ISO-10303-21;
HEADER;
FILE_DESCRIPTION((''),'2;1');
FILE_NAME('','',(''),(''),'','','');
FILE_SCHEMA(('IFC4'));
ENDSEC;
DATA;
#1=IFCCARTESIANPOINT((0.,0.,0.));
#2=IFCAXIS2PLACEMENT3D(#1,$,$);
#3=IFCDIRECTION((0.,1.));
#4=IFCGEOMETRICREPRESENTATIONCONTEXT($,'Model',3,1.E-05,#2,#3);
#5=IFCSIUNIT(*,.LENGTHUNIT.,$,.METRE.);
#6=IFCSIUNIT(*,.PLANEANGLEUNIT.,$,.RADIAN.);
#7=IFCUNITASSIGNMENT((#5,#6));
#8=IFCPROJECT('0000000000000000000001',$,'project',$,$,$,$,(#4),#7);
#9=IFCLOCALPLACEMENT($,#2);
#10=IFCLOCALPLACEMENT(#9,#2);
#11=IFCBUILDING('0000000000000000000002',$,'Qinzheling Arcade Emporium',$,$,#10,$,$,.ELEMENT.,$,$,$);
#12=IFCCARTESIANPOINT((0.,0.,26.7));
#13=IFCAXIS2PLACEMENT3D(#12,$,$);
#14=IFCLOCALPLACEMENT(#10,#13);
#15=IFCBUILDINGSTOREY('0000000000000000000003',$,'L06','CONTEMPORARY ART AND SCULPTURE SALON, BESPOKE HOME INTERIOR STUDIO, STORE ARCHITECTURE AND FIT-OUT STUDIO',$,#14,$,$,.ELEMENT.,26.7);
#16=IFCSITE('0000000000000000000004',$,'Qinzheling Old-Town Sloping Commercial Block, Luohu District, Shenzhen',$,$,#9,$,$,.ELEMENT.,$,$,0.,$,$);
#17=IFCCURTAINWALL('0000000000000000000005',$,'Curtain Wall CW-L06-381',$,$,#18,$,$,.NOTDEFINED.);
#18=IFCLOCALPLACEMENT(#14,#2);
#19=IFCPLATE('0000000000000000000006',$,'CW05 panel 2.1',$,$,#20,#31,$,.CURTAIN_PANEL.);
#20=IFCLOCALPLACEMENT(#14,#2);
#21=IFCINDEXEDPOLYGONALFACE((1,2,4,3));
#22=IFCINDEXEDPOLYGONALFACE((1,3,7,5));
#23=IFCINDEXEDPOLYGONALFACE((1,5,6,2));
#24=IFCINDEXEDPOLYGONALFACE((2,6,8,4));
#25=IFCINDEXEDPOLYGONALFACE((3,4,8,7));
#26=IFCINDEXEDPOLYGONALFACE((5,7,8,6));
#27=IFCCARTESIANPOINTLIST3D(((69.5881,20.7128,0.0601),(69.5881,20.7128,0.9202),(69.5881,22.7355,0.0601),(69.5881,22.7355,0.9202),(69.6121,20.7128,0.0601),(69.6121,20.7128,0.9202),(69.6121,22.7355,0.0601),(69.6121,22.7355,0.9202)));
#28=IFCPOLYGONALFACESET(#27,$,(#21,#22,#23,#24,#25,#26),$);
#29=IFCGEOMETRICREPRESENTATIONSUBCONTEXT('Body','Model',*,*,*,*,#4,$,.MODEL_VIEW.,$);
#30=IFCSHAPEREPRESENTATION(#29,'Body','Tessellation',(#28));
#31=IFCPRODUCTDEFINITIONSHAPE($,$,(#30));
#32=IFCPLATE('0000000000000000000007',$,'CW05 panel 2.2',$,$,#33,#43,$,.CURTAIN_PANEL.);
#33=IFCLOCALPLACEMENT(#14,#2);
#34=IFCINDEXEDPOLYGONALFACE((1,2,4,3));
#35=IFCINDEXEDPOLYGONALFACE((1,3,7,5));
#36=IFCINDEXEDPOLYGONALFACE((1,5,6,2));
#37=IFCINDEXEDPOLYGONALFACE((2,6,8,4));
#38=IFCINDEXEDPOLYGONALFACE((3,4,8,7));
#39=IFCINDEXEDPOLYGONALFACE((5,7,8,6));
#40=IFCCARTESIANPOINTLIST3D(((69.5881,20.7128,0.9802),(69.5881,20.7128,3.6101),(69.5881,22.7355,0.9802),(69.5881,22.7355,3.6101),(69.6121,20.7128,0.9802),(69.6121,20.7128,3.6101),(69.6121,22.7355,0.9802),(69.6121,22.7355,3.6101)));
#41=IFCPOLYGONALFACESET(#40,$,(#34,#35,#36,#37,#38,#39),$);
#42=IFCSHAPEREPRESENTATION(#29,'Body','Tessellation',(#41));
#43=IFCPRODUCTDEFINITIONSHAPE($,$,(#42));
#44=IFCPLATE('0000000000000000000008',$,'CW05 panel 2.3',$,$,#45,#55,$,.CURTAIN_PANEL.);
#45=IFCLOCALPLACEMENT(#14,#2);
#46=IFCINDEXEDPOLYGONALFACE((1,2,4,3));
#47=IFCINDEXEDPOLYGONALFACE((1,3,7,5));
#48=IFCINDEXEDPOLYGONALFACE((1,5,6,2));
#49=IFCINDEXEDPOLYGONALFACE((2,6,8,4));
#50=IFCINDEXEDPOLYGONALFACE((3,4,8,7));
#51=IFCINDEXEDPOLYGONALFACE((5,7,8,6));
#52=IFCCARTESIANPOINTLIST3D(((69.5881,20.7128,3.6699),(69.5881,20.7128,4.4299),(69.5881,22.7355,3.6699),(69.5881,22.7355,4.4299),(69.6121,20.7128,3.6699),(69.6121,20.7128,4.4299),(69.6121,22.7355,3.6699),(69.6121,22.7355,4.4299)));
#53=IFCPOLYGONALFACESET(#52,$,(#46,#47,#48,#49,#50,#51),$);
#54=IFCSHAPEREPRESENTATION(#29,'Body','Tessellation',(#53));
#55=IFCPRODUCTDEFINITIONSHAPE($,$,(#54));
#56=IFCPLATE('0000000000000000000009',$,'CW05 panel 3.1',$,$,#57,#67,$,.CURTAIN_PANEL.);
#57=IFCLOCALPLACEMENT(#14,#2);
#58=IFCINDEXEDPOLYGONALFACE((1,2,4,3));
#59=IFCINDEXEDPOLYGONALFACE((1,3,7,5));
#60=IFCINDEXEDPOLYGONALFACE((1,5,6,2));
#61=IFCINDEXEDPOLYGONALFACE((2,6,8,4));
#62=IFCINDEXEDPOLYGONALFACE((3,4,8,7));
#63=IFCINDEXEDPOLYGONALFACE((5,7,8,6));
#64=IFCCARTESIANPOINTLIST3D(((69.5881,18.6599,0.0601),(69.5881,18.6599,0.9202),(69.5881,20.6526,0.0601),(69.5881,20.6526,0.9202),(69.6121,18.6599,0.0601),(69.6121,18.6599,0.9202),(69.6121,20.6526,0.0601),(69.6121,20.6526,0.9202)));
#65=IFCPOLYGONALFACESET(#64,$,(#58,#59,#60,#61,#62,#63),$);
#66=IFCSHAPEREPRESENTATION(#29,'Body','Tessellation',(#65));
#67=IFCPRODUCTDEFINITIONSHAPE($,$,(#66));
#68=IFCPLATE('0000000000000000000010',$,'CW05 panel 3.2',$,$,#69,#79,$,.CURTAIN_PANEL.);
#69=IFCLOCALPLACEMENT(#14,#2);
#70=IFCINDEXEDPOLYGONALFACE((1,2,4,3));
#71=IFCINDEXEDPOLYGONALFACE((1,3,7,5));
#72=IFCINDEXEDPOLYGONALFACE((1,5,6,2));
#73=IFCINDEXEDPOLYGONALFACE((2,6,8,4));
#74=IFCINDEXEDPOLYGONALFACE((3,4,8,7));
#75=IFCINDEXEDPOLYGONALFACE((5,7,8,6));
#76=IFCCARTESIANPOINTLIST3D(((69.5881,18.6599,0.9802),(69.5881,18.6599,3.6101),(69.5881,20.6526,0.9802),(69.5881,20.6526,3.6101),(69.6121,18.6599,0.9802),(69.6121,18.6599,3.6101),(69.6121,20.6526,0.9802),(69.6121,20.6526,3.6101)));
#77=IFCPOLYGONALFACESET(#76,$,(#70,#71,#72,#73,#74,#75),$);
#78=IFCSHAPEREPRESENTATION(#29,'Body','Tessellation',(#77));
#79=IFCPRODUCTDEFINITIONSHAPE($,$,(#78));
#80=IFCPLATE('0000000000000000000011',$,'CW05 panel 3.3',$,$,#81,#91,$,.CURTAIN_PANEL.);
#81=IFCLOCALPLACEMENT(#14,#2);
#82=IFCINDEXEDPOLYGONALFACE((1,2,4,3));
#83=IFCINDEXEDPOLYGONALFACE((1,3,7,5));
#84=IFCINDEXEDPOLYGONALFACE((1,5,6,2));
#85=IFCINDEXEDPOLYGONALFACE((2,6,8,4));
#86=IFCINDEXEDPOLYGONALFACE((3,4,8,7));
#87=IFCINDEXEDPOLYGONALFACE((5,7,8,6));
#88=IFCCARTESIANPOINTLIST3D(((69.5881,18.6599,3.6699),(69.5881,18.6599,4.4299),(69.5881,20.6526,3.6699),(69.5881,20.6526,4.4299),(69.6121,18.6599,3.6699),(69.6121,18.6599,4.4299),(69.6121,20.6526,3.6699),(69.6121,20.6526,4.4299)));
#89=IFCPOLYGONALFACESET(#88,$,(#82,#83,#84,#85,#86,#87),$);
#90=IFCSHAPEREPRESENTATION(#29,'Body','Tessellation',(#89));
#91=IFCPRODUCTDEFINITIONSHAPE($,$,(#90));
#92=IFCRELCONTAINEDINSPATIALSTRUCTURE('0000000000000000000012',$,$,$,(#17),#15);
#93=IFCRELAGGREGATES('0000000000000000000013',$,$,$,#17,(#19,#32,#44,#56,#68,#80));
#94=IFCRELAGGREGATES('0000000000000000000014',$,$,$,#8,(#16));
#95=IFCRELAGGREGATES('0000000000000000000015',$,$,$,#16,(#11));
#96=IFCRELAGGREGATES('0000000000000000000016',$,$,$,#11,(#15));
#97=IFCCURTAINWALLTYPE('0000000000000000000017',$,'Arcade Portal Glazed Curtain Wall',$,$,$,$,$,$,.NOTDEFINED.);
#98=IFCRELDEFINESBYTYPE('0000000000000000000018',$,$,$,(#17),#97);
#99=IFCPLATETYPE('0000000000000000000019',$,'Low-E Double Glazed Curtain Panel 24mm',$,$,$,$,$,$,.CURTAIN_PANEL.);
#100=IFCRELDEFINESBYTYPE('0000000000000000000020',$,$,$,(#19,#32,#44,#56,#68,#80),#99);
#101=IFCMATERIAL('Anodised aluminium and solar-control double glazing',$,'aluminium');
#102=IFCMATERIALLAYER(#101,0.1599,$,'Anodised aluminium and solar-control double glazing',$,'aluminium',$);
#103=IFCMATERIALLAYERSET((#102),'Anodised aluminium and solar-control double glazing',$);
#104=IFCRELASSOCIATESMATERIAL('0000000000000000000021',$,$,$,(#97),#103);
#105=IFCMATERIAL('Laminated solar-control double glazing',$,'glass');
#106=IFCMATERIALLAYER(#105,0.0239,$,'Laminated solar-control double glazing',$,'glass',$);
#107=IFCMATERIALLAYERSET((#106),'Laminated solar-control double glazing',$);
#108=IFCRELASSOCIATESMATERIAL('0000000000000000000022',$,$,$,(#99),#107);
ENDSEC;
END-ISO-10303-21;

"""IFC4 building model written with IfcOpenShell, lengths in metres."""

from ifc_helpers import new_model, si_unit, direction, frame, origin, origin_2d, place, context, subcontext, project, spatial, rectangle, extrude, material, layer, layer_set, type_object, element, aggregate, save


model = new_model("IFC4")

# Units and contexts
model_context = context("Model", 3, precision=1e-05, world=origin(), true_north=direction((0.0, 1.0)))
body_context = subcontext(model_context, "Body", "Model", "MODEL_VIEW")
ifc_project = project(units=[si_unit("LENGTHUNIT", "METRE"), si_unit("PLANEANGLEUNIT", "RADIAN")], contexts=[model_context])

# Site, building, storey
site_placement = place(None, origin())
site = spatial("IfcSite", under=ifc_project, at=site_placement, Name="Qinzheling Old-Town Sloping Commercial Block, Luohu District, Shenzhen", CompositionType="ELEMENT", RefElevation=0.0)
building_placement = place(site_placement, origin())
building = spatial("IfcBuilding", under=site, at=building_placement, Name="Qinzheling Arcade Emporium", CompositionType="ELEMENT")
storey_placement = place(building_placement, frame((0.0, 0.0, 26.7)))
storey = spatial("IfcBuildingStorey", under=building, at=storey_placement, Name="L06", Description="CONTEMPORARY ART AND SCULPTURE SALON, BESPOKE HOME INTERIOR STUDIO, STORE ARCHITECTURE AND FIT-OUT STUDIO", CompositionType="ELEMENT", Elevation=26.7)

# Curtain wall
ifc_material_1 = material(Name="Anodised aluminium and solar-control double glazing", Category="aluminium")
ifc_layer_1 = layer(ifc_material_1, 0.1599, Name="Anodised aluminium and solar-control double glazing", Category="aluminium")
ifc_layer_set_1 = layer_set([ifc_layer_1], Name="Anodised aluminium and solar-control double glazing")
curtain_wall_type = type_object("IfcCurtainWallType", Name="Arcade Portal Glazed Curtain Wall", PredefinedType="NOTDEFINED", material=ifc_layer_set_1)
curtain_wall_1_placement = place(storey_placement, origin())
curtain_wall_1 = element("IfcCurtainWall", 1, at=curtain_wall_1_placement, inside=storey, type_object=curtain_wall_type, Name="Curtain Wall CW-L06-381", PredefinedType="NOTDEFINED")

# Shared definitions
ifc_material_2 = material(Name="Laminated solar-control double glazing", Category="glass")

# Plates
ifc_layer_2 = layer(ifc_material_2, 0.0239, Name="Laminated solar-control double glazing", Category="glass")
ifc_layer_set_2 = layer_set([ifc_layer_2], Name="Laminated solar-control double glazing")
plate_type_1 = type_object("IfcPlateType", Name="Low-E Double Glazed Curtain Panel 24mm", PredefinedType="CURTAIN_PANEL", material=ifc_layer_set_2)
plate_1_placement = place(storey_placement, frame((69.6001, 21.7241, 0.0601), z_axis=(0.0, 0.0, 1.0), x_axis=(0.0, -1.0, 0.0)))
plate_1 = element("IfcPlate", 2, at=plate_1_placement, type_object=plate_type_1, Name="CW05 panel 2.1", PredefinedType="CURTAIN_PANEL", context=body_context, shape_type="SweptSolid", body=[
    extrude(rectangle(XDim=2.0227, YDim=0.0239, at=origin_2d()), origin(), (0.0, 0.0, 1.0), 0.8601),
])
plate_2_placement = place(storey_placement, frame((69.6001, 21.7241, 0.9802), z_axis=(0.0, 0.0, 1.0), x_axis=(0.0, -1.0, 0.0)))
plate_2 = element("IfcPlate", 3, at=plate_2_placement, type_object=plate_type_1, Name="CW05 panel 2.2", PredefinedType="CURTAIN_PANEL", context=body_context, shape_type="SweptSolid", body=[
    extrude(rectangle(XDim=2.0227, YDim=0.0239, at=origin_2d()), origin(), (0.0, 0.0, 1.0), 2.6299),
])
plate_3_placement = place(storey_placement, frame((69.6001, 21.7241, 3.6699), z_axis=(0.0, 0.0, 1.0), x_axis=(0.0, -1.0, 0.0)))
plate_3 = element("IfcPlate", 4, at=plate_3_placement, type_object=plate_type_1, Name="CW05 panel 2.3", PredefinedType="CURTAIN_PANEL", context=body_context, shape_type="SweptSolid", body=[
    extrude(rectangle(XDim=2.0227, YDim=0.0239, at=origin_2d()), origin(), (0.0, 0.0, 1.0), 0.76),
])
plate_4_placement = place(storey_placement, frame((69.6001, 19.6562, 0.0601), z_axis=(0.0, 0.0, 1.0), x_axis=(0.0, -1.0, 0.0)))
plate_4 = element("IfcPlate", 5, at=plate_4_placement, type_object=plate_type_1, Name="CW05 panel 3.1", PredefinedType="CURTAIN_PANEL", context=body_context, shape_type="SweptSolid", body=[
    extrude(rectangle(XDim=1.9927, YDim=0.0239, at=origin_2d()), origin(), (0.0, 0.0, 1.0), 0.8601),
])
plate_5_placement = place(storey_placement, frame((69.6001, 19.6562, 0.9802), z_axis=(0.0, 0.0, 1.0), x_axis=(0.0, -1.0, 0.0)))
plate_5 = element("IfcPlate", 6, at=plate_5_placement, type_object=plate_type_1, Name="CW05 panel 3.2", PredefinedType="CURTAIN_PANEL", context=body_context, shape_type="SweptSolid", body=[
    extrude(rectangle(XDim=1.9927, YDim=0.0239, at=origin_2d()), origin(), (0.0, 0.0, 1.0), 2.6299),
])
plate_6_placement = place(storey_placement, frame((69.6001, 19.6562, 3.6699), z_axis=(0.0, 0.0, 1.0), x_axis=(0.0, -1.0, 0.0)))
plate_6 = element("IfcPlate", 7, at=plate_6_placement, type_object=plate_type_1, Name="CW05 panel 3.3", PredefinedType="CURTAIN_PANEL", context=body_context, shape_type="SweptSolid", body=[
    extrude(rectangle(XDim=1.9927, YDim=0.0239, at=origin_2d()), origin(), (0.0, 0.0, 1.0), 0.76),
])
aggregate(curtain_wall_1, [plate_1, plate_2, plate_3, plate_4, plate_5, plate_6])

save(model, "model.ifc")
